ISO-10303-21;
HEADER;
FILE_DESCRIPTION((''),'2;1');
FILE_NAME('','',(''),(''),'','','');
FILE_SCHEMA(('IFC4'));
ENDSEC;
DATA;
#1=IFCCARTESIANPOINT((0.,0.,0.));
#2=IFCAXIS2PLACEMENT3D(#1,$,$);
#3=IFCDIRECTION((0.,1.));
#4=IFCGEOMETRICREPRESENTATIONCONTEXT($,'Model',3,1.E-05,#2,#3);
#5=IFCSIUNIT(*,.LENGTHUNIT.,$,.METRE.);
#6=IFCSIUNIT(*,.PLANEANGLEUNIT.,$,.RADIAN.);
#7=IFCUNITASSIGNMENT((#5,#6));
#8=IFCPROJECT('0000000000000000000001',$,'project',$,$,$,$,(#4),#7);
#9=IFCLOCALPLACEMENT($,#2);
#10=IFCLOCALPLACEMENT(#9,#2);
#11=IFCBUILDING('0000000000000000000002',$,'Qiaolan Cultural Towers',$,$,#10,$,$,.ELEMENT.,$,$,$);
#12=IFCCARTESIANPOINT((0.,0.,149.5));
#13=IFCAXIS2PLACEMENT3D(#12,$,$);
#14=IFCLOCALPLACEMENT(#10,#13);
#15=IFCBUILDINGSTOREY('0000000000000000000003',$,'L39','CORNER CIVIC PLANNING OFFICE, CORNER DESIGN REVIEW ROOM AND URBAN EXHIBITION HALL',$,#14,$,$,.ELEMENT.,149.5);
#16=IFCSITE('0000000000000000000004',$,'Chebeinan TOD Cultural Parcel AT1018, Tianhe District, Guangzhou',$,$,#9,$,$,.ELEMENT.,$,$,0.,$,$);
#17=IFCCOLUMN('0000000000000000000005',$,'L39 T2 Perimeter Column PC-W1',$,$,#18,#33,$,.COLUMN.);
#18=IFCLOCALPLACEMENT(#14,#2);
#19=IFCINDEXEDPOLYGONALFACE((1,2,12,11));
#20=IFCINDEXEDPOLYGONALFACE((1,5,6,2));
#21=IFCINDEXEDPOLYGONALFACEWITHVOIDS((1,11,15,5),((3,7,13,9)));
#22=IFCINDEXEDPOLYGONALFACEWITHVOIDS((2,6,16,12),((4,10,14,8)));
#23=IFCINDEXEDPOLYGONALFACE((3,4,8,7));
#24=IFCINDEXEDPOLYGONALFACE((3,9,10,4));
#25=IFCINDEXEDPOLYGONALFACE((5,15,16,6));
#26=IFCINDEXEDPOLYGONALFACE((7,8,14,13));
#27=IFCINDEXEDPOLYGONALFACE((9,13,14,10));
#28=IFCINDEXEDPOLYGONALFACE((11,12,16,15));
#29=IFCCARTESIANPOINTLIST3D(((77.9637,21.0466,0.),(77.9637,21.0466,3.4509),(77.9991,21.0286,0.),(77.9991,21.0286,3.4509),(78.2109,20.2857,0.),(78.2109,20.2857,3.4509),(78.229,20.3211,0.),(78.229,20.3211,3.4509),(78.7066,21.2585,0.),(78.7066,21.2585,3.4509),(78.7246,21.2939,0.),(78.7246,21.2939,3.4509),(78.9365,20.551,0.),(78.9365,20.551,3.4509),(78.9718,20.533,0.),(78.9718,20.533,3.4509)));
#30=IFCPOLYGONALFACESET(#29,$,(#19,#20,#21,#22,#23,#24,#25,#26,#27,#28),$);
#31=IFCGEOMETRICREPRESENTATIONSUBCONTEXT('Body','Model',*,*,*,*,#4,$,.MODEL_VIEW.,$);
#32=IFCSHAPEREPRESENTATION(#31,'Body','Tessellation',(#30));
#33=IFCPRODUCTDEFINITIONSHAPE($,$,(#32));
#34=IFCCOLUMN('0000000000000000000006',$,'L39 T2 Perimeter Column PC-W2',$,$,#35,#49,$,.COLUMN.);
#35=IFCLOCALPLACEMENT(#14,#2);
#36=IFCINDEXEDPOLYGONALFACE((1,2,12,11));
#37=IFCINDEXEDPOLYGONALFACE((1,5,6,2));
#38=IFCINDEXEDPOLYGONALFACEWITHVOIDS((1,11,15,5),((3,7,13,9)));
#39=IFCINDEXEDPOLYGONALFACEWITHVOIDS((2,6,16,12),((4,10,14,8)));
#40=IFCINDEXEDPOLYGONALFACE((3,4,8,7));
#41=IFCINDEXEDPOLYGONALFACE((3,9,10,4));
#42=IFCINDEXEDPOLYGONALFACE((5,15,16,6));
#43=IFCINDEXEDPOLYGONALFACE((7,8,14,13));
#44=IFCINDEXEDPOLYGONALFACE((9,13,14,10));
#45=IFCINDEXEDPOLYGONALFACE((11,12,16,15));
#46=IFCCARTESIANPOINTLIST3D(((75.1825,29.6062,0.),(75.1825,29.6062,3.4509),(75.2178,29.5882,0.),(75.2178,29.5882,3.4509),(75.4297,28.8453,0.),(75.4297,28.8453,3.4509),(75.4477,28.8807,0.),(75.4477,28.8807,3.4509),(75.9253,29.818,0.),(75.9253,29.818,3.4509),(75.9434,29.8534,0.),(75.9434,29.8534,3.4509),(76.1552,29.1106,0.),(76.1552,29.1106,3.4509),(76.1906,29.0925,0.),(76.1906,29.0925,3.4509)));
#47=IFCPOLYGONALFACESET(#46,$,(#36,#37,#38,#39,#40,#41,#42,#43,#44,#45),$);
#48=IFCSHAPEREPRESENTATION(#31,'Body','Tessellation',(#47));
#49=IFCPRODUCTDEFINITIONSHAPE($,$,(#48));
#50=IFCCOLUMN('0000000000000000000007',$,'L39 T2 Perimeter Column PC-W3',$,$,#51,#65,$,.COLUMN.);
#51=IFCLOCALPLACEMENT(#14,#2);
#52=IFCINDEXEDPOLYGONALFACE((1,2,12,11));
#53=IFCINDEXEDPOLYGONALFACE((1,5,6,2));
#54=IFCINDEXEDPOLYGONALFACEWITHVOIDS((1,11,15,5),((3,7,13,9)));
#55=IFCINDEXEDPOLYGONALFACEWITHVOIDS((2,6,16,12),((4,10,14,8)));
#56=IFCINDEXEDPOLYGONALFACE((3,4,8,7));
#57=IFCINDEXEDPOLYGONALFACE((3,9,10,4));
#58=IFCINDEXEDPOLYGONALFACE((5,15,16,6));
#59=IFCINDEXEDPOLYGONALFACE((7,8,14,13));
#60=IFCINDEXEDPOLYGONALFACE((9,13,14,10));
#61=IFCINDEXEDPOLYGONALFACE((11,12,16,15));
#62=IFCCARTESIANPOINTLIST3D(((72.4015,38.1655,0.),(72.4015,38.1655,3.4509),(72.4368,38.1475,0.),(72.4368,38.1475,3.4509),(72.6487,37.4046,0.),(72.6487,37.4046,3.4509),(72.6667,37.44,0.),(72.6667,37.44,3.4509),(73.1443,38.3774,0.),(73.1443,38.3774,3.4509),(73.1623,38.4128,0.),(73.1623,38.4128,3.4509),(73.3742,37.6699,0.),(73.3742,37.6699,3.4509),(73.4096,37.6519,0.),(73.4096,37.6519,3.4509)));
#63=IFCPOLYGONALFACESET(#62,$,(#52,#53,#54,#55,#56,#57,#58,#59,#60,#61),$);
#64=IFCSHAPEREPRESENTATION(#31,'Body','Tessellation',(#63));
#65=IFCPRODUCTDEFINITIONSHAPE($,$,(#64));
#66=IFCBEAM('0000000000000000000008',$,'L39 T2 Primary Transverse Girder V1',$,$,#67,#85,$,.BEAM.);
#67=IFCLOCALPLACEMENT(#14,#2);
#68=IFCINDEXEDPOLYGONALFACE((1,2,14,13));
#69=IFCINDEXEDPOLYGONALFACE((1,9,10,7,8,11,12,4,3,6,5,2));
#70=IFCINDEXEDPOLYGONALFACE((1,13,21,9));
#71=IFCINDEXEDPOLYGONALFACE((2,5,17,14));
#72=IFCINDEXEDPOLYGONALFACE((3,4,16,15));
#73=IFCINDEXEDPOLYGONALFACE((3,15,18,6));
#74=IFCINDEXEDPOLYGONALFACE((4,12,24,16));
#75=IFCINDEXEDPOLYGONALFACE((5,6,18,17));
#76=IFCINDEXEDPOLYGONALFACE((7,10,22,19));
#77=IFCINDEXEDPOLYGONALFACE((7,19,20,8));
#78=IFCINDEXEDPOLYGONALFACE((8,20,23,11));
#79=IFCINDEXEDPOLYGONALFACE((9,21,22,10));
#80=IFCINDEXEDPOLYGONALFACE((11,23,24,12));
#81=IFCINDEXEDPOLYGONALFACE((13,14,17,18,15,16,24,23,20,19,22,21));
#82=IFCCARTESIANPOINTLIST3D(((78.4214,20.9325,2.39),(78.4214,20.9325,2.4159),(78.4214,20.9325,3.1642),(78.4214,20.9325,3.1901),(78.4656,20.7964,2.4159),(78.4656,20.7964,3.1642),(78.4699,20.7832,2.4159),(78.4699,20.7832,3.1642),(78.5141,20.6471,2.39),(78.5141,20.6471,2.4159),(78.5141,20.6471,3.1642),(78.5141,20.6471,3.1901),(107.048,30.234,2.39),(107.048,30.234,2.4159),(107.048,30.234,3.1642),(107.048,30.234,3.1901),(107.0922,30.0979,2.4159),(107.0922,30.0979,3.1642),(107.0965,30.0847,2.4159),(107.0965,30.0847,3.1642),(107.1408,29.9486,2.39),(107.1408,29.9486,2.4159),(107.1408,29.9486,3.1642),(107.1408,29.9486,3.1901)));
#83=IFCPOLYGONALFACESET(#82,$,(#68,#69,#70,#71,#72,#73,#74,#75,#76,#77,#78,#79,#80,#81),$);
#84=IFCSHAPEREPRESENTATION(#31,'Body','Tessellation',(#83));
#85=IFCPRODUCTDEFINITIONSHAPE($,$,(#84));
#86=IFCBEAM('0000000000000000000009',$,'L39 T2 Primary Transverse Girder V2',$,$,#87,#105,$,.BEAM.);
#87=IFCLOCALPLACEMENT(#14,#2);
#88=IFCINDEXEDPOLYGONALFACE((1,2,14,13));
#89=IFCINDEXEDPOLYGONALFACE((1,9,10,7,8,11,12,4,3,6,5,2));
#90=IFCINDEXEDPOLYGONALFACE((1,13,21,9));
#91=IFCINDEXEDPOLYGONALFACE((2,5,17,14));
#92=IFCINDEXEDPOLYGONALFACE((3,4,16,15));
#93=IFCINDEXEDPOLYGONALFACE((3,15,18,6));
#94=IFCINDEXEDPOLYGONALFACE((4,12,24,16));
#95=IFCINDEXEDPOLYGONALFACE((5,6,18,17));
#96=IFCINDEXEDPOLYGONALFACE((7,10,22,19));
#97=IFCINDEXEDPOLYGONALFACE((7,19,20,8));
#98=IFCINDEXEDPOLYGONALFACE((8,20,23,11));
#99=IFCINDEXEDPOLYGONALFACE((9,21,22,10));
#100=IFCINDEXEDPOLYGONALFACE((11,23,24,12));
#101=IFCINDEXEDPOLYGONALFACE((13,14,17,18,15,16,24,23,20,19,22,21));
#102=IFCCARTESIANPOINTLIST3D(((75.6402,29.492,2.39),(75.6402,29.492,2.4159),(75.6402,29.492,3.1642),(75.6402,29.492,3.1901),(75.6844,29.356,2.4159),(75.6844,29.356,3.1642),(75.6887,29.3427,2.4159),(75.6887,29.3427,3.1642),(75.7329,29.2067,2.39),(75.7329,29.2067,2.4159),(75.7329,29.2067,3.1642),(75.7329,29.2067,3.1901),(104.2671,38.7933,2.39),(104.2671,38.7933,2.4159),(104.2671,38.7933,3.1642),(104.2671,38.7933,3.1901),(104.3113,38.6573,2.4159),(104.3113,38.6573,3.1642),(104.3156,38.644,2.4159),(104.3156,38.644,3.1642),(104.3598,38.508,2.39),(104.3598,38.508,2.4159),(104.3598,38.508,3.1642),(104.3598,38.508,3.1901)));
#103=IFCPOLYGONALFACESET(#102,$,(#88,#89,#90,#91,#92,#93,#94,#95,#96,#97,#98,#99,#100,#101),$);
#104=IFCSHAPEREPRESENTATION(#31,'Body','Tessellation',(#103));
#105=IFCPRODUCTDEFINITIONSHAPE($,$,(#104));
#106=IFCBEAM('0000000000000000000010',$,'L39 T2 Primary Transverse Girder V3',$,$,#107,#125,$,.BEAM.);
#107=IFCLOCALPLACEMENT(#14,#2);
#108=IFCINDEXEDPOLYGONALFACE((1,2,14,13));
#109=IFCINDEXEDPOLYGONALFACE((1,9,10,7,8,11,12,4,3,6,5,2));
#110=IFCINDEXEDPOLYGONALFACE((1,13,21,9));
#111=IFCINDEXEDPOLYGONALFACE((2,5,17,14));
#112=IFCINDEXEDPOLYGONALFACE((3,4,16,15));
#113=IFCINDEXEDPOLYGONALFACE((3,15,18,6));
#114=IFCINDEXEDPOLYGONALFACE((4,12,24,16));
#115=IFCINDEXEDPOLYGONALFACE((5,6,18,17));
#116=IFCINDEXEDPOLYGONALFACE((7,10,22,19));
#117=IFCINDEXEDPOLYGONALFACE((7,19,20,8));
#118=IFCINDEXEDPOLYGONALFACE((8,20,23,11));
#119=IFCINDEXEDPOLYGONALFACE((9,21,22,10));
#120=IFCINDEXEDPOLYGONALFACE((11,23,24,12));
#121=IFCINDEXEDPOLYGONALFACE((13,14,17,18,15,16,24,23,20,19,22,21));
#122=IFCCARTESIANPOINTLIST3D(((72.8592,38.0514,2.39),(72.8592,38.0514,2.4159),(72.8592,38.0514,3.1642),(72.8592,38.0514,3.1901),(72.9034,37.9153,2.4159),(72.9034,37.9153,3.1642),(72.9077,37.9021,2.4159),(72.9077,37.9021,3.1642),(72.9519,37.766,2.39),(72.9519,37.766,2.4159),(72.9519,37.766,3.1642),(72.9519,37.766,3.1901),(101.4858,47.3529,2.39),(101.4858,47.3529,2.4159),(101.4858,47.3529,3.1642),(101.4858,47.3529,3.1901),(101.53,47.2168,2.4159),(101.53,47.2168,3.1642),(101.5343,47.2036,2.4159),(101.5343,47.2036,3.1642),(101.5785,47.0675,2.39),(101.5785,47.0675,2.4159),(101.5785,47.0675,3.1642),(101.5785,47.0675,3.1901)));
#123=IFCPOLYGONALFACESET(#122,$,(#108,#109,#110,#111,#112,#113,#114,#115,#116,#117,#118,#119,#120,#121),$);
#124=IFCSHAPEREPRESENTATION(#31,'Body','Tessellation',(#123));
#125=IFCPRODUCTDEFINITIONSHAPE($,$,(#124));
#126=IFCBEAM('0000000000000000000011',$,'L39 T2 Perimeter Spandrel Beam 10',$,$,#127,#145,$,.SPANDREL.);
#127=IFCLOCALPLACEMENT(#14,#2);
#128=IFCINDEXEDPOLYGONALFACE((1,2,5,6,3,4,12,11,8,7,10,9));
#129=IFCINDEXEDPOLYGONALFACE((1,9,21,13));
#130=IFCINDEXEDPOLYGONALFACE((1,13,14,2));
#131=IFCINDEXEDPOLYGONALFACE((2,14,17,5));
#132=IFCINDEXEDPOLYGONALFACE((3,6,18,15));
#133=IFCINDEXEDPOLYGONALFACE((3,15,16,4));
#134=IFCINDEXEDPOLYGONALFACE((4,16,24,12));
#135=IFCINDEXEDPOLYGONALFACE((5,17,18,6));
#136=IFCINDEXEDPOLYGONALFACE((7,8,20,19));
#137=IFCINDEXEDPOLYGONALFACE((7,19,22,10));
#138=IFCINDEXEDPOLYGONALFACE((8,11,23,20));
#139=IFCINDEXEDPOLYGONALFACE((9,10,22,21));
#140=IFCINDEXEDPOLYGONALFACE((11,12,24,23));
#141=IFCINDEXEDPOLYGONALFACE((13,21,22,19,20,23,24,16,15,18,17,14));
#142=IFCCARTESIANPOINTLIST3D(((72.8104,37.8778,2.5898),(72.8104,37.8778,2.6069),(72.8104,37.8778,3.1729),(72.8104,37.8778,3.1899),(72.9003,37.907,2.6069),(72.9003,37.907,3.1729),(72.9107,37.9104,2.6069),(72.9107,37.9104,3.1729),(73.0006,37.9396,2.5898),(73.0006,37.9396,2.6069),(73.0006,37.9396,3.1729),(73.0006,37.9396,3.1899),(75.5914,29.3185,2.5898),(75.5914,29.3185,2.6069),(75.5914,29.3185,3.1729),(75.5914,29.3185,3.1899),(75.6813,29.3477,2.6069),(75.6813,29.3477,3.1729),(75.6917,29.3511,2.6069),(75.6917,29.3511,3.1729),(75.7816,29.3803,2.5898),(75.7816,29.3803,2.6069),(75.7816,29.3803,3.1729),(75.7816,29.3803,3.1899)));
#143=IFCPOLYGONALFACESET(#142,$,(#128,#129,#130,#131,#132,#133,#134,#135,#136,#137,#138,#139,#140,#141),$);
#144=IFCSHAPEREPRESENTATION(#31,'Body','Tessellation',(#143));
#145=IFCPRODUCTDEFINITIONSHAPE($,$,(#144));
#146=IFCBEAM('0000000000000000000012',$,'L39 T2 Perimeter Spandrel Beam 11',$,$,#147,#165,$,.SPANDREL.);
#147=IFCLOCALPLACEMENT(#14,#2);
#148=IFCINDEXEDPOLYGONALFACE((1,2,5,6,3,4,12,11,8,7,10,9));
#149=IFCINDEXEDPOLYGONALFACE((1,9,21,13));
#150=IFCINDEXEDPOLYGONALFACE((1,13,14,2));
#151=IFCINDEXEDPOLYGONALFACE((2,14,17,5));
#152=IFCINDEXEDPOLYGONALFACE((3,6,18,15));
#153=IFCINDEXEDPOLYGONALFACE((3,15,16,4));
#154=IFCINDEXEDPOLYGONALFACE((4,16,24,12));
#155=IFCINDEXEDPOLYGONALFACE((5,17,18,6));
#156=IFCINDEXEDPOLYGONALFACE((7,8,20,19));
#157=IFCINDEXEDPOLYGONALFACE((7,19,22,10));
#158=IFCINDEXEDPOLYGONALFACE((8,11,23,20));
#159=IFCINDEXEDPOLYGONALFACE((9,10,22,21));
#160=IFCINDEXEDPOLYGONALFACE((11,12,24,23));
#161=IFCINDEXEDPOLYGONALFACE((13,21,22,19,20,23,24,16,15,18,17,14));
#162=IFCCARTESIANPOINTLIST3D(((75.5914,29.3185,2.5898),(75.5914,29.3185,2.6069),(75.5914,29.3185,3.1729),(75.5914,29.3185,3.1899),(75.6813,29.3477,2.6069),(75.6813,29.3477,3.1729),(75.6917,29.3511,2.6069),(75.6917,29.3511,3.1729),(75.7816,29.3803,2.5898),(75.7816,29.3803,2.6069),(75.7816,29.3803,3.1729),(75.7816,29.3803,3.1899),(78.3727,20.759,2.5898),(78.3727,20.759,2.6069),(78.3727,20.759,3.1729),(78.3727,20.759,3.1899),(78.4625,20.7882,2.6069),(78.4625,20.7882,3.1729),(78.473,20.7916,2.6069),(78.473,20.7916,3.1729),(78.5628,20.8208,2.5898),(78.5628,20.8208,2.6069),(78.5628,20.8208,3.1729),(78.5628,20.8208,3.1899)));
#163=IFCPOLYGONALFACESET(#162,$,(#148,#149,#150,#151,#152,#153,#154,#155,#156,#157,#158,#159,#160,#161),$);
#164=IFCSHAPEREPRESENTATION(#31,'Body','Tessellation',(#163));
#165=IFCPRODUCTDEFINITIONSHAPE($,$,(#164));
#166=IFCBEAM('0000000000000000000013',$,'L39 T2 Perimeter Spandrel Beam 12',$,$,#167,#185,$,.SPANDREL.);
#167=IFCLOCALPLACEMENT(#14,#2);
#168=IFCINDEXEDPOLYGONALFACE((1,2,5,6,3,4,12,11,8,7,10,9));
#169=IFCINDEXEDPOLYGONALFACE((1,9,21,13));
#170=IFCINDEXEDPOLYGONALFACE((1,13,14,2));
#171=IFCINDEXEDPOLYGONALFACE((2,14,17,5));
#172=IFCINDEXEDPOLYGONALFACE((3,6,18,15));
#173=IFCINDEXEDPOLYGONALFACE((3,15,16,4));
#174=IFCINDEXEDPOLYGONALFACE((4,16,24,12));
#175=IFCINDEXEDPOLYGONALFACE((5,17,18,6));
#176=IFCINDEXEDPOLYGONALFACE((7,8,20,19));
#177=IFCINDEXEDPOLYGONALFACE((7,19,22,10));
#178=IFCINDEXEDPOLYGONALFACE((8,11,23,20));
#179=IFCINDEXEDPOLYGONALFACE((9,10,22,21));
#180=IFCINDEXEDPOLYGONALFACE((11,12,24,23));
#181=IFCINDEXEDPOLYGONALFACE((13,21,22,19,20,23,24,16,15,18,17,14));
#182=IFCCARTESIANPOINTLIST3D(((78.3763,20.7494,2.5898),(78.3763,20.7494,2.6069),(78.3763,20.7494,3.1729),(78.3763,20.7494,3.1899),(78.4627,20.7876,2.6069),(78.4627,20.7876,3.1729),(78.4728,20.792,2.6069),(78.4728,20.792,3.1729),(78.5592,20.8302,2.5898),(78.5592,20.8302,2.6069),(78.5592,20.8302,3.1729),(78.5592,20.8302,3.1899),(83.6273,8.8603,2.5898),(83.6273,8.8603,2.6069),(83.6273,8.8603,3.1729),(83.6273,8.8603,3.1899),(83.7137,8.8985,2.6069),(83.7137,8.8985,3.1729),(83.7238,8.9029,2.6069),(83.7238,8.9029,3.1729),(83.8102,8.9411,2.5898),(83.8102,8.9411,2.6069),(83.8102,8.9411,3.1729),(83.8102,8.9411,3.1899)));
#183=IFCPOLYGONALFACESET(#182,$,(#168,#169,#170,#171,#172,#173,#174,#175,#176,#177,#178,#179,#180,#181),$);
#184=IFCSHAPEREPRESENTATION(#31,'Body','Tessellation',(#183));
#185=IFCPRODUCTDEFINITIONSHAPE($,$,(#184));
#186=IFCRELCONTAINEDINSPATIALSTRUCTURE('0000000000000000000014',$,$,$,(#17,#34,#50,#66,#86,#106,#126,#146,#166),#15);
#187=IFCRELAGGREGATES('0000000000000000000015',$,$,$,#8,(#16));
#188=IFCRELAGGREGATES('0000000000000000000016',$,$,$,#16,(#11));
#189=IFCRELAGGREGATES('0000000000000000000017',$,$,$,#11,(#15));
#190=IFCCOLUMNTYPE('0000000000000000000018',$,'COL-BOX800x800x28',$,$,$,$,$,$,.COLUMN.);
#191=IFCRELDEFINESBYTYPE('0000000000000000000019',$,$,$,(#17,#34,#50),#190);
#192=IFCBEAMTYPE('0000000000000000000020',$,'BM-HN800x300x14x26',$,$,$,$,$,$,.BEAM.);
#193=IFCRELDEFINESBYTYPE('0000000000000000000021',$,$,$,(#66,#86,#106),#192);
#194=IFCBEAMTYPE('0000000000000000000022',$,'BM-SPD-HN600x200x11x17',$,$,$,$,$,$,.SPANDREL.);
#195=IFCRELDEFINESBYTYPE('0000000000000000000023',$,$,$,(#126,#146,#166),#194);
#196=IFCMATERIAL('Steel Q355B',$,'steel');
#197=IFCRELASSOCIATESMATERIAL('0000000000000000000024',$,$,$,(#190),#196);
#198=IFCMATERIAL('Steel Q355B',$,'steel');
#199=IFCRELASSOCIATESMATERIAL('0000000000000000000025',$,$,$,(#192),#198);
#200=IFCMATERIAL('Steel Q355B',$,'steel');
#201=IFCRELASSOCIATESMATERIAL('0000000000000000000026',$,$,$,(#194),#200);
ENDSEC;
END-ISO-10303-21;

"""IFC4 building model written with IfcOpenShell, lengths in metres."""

from ifc_helpers import new_model, si_unit, direction, frame, origin, origin_2d, place, context, subcontext, project, spatial, hollow_rectangle, i_section, extrude, material, material_profile, profile_set, type_object, element, save


model = new_model("IFC4")

# Units and contexts
model_context = context("Model", 3, precision=1e-05, world=origin(), true_north=direction((0.0, 1.0)))
body_context = subcontext(model_context, "Body", "Model", "MODEL_VIEW")
ifc_project = project(units=[si_unit("LENGTHUNIT", "METRE"), si_unit("PLANEANGLEUNIT", "RADIAN")], contexts=[model_context])

# Site, building, storey
site_placement = place(None, origin())
site = spatial("IfcSite", under=ifc_project, at=site_placement, Name="Chebeinan TOD Cultural Parcel AT1018, Tianhe District, Guangzhou", CompositionType="ELEMENT", RefElevation=0.0)
building_placement = place(site_placement, origin())
building = spatial("IfcBuilding", under=site, at=building_placement, Name="Qiaolan Cultural Towers", CompositionType="ELEMENT")
storey_placement = place(building_placement, frame((0.0, 0.0, 149.5)))
storey = spatial("IfcBuildingStorey", under=building, at=storey_placement, Name="L39", Description="CORNER CIVIC PLANNING OFFICE, CORNER DESIGN REVIEW ROOM AND URBAN EXHIBITION HALL", CompositionType="ELEMENT", Elevation=149.5)

# Columns
ifc_material_1 = material(Name="Steel Q355B", Category="steel")
ifc_material_profile_1 = material_profile(ifc_material_1, hollow_rectangle(XDim=0.8, YDim=0.8, WallThickness=0.0281, at=origin_2d()), Name="BOX800x800x28")
ifc_profile_set_1 = profile_set([ifc_material_profile_1], Name="Steel Q355B")
column_type = type_object("IfcColumnType", Name="COL-BOX800x800x28", PredefinedType="COLUMN", material=ifc_profile_set_1)
for number, where, z_axis, x_axis, name in (
    (1, (78.4678, 20.7898, 0.0), (0.0, 0.0, 1.0), (0.951057, 0.309017, 0.0), "L39 T2 Perimeter Column PC-W1"),
    (2, (75.6865, 29.3494, 0.0), (0.0, 0.0, 1.0), (0.951057, 0.309017, 0.0), "L39 T2 Perimeter Column PC-W2"),
    (3, (72.9055, 37.9087, 0.0), (0.0, 0.0, 1.0), (0.951057, 0.309017, 0.0), "L39 T2 Perimeter Column PC-W3"),
):
    element("IfcColumn", number, at=place(storey_placement, frame(where, z_axis=z_axis, x_axis=x_axis)), inside=storey, type_object=column_type, Name=name, PredefinedType="COLUMN", context=body_context, shape_type="SweptSolid", body=[
        extrude(hollow_rectangle(XDim=0.8, YDim=0.8, WallThickness=0.0281, at=origin_2d()), origin(), (0.0, 0.0, 1.0), 3.4509),
    ])

# Beams
ifc_material_2 = material(Name="Steel Q355B", Category="steel")
ifc_material_profile_2 = material_profile(ifc_material_2, i_section(OverallWidth=0.3, OverallDepth=0.8, WebThickness=0.0139, FlangeThickness=0.0259, at=origin_2d()), Name="HN800x300x14x26")
ifc_profile_set_2 = profile_set([ifc_material_profile_2], Name="Steel Q355B")
beam_type_1 = type_object("IfcBeamType", Name="BM-HN800x300x14x26", PredefinedType="BEAM", material=ifc_profile_set_2)
beam_1_placement = place(storey_placement, frame((78.4678, 20.7898, 2.79), z_axis=(0.951055, 0.309021, 0.0), x_axis=(-0.309021, 0.951055, 0.0)))
element("IfcBeam", 4, at=beam_1_placement, inside=storey, type_object=beam_type_1, Name="L39 T2 Primary Transverse Girder V1", PredefinedType="BEAM", context=body_context, shape_type="SweptSolid", body=[
    extrude(i_section(OverallWidth=0.3, OverallDepth=0.8, WebThickness=0.0139, FlangeThickness=0.0259, at=origin_2d()), origin(), (0.0, 0.0, 1.0), 30.0999),
])
beam_2_placement = place(storey_placement, frame((75.6865, 29.3494, 2.79), z_axis=(0.951058, 0.309011, 0.0), x_axis=(-0.309011, 0.951058, 0.0)))
element("IfcBeam", 5, at=beam_2_placement, inside=storey, type_object=beam_type_1, Name="L39 T2 Primary Transverse Girder V2", PredefinedType="BEAM", context=body_context, shape_type="SweptSolid", body=[
    extrude(i_section(OverallWidth=0.3, OverallDepth=0.8, WebThickness=0.0139, FlangeThickness=0.0259, at=origin_2d()), origin(), (0.0, 0.0, 1.0), 30.1001),
])
beam_3_placement = place(storey_placement, frame((72.9055, 37.9087, 2.79), z_axis=(0.951055, 0.309021, 0.0), x_axis=(-0.309021, 0.951055, 0.0)))
element("IfcBeam", 6, at=beam_3_placement, inside=storey, type_object=beam_type_1, Name="L39 T2 Primary Transverse Girder V3", PredefinedType="BEAM", context=body_context, shape_type="SweptSolid", body=[
    extrude(i_section(OverallWidth=0.3, OverallDepth=0.8, WebThickness=0.0139, FlangeThickness=0.0259, at=origin_2d()), origin(), (0.0, 0.0, 1.0), 30.0999),
])
ifc_material_3 = material(Name="Steel Q355B", Category="steel")
ifc_material_profile_3 = material_profile(ifc_material_3, i_section(OverallWidth=0.2, OverallDepth=0.6001, WebThickness=0.011, FlangeThickness=0.0171, at=origin_2d()), Name="HN600x200x11x17")
ifc_profile_set_3 = profile_set([ifc_material_profile_3], Name="Steel Q355B")
beam_type_2 = type_object("IfcBeamType", Name="BM-SPD-HN600x200x11x17", PredefinedType="SPANDREL", material=ifc_profile_set_3)
beam_4_placement = place(storey_placement, frame((72.9055, 37.9087, 2.8899), z_axis=(0.309008, -0.951059, 0.0), x_axis=(0.951059, 0.309008, 0.0)))
element("IfcBeam", 7, at=beam_4_placement, inside=storey, type_object=beam_type_2, Name="L39 T2 Perimeter Spandrel Beam 10", PredefinedType="SPANDREL", context=body_context, shape_type="SweptSolid", body=[
    extrude(i_section(OverallWidth=0.2, OverallDepth=0.6001, WebThickness=0.011, FlangeThickness=0.0171, at=origin_2d()), origin(), (0.0, 0.0, 1.0), 8.9998),
])
beam_5_placement = place(storey_placement, frame((75.6865, 29.3494, 2.8899), z_axis=(0.309025, -0.951054, 0.0), x_axis=(0.951054, 0.309025, 0.0)))
element("IfcBeam", 8, at=beam_5_placement, inside=storey, type_object=beam_type_2, Name="L39 T2 Perimeter Spandrel Beam 11", PredefinedType="SPANDREL", context=body_context, shape_type="SweptSolid", body=[
    extrude(i_section(OverallWidth=0.2, OverallDepth=0.6001, WebThickness=0.011, FlangeThickness=0.0171, at=origin_2d()), origin(), (0.0, 0.0, 1.0), 9.0),
])
beam_6_placement = place(storey_placement, frame((78.4678, 20.7898, 2.8899), z_axis=(0.404011, -0.914754, 0.0), x_axis=(0.914754, 0.404011, 0.0)))
element("IfcBeam", 9, at=beam_6_placement, inside=storey, type_object=beam_type_2, Name="L39 T2 Perimeter Spandrel Beam 12", PredefinedType="SPANDREL", context=body_context, shape_type="SweptSolid", body=[
    extrude(i_section(OverallWidth=0.2, OverallDepth=0.6001, WebThickness=0.011, FlangeThickness=0.0171, at=origin_2d()), origin(), (0.0, 0.0, 1.0), 12.9971),
])

save(model, "model.ifc")
